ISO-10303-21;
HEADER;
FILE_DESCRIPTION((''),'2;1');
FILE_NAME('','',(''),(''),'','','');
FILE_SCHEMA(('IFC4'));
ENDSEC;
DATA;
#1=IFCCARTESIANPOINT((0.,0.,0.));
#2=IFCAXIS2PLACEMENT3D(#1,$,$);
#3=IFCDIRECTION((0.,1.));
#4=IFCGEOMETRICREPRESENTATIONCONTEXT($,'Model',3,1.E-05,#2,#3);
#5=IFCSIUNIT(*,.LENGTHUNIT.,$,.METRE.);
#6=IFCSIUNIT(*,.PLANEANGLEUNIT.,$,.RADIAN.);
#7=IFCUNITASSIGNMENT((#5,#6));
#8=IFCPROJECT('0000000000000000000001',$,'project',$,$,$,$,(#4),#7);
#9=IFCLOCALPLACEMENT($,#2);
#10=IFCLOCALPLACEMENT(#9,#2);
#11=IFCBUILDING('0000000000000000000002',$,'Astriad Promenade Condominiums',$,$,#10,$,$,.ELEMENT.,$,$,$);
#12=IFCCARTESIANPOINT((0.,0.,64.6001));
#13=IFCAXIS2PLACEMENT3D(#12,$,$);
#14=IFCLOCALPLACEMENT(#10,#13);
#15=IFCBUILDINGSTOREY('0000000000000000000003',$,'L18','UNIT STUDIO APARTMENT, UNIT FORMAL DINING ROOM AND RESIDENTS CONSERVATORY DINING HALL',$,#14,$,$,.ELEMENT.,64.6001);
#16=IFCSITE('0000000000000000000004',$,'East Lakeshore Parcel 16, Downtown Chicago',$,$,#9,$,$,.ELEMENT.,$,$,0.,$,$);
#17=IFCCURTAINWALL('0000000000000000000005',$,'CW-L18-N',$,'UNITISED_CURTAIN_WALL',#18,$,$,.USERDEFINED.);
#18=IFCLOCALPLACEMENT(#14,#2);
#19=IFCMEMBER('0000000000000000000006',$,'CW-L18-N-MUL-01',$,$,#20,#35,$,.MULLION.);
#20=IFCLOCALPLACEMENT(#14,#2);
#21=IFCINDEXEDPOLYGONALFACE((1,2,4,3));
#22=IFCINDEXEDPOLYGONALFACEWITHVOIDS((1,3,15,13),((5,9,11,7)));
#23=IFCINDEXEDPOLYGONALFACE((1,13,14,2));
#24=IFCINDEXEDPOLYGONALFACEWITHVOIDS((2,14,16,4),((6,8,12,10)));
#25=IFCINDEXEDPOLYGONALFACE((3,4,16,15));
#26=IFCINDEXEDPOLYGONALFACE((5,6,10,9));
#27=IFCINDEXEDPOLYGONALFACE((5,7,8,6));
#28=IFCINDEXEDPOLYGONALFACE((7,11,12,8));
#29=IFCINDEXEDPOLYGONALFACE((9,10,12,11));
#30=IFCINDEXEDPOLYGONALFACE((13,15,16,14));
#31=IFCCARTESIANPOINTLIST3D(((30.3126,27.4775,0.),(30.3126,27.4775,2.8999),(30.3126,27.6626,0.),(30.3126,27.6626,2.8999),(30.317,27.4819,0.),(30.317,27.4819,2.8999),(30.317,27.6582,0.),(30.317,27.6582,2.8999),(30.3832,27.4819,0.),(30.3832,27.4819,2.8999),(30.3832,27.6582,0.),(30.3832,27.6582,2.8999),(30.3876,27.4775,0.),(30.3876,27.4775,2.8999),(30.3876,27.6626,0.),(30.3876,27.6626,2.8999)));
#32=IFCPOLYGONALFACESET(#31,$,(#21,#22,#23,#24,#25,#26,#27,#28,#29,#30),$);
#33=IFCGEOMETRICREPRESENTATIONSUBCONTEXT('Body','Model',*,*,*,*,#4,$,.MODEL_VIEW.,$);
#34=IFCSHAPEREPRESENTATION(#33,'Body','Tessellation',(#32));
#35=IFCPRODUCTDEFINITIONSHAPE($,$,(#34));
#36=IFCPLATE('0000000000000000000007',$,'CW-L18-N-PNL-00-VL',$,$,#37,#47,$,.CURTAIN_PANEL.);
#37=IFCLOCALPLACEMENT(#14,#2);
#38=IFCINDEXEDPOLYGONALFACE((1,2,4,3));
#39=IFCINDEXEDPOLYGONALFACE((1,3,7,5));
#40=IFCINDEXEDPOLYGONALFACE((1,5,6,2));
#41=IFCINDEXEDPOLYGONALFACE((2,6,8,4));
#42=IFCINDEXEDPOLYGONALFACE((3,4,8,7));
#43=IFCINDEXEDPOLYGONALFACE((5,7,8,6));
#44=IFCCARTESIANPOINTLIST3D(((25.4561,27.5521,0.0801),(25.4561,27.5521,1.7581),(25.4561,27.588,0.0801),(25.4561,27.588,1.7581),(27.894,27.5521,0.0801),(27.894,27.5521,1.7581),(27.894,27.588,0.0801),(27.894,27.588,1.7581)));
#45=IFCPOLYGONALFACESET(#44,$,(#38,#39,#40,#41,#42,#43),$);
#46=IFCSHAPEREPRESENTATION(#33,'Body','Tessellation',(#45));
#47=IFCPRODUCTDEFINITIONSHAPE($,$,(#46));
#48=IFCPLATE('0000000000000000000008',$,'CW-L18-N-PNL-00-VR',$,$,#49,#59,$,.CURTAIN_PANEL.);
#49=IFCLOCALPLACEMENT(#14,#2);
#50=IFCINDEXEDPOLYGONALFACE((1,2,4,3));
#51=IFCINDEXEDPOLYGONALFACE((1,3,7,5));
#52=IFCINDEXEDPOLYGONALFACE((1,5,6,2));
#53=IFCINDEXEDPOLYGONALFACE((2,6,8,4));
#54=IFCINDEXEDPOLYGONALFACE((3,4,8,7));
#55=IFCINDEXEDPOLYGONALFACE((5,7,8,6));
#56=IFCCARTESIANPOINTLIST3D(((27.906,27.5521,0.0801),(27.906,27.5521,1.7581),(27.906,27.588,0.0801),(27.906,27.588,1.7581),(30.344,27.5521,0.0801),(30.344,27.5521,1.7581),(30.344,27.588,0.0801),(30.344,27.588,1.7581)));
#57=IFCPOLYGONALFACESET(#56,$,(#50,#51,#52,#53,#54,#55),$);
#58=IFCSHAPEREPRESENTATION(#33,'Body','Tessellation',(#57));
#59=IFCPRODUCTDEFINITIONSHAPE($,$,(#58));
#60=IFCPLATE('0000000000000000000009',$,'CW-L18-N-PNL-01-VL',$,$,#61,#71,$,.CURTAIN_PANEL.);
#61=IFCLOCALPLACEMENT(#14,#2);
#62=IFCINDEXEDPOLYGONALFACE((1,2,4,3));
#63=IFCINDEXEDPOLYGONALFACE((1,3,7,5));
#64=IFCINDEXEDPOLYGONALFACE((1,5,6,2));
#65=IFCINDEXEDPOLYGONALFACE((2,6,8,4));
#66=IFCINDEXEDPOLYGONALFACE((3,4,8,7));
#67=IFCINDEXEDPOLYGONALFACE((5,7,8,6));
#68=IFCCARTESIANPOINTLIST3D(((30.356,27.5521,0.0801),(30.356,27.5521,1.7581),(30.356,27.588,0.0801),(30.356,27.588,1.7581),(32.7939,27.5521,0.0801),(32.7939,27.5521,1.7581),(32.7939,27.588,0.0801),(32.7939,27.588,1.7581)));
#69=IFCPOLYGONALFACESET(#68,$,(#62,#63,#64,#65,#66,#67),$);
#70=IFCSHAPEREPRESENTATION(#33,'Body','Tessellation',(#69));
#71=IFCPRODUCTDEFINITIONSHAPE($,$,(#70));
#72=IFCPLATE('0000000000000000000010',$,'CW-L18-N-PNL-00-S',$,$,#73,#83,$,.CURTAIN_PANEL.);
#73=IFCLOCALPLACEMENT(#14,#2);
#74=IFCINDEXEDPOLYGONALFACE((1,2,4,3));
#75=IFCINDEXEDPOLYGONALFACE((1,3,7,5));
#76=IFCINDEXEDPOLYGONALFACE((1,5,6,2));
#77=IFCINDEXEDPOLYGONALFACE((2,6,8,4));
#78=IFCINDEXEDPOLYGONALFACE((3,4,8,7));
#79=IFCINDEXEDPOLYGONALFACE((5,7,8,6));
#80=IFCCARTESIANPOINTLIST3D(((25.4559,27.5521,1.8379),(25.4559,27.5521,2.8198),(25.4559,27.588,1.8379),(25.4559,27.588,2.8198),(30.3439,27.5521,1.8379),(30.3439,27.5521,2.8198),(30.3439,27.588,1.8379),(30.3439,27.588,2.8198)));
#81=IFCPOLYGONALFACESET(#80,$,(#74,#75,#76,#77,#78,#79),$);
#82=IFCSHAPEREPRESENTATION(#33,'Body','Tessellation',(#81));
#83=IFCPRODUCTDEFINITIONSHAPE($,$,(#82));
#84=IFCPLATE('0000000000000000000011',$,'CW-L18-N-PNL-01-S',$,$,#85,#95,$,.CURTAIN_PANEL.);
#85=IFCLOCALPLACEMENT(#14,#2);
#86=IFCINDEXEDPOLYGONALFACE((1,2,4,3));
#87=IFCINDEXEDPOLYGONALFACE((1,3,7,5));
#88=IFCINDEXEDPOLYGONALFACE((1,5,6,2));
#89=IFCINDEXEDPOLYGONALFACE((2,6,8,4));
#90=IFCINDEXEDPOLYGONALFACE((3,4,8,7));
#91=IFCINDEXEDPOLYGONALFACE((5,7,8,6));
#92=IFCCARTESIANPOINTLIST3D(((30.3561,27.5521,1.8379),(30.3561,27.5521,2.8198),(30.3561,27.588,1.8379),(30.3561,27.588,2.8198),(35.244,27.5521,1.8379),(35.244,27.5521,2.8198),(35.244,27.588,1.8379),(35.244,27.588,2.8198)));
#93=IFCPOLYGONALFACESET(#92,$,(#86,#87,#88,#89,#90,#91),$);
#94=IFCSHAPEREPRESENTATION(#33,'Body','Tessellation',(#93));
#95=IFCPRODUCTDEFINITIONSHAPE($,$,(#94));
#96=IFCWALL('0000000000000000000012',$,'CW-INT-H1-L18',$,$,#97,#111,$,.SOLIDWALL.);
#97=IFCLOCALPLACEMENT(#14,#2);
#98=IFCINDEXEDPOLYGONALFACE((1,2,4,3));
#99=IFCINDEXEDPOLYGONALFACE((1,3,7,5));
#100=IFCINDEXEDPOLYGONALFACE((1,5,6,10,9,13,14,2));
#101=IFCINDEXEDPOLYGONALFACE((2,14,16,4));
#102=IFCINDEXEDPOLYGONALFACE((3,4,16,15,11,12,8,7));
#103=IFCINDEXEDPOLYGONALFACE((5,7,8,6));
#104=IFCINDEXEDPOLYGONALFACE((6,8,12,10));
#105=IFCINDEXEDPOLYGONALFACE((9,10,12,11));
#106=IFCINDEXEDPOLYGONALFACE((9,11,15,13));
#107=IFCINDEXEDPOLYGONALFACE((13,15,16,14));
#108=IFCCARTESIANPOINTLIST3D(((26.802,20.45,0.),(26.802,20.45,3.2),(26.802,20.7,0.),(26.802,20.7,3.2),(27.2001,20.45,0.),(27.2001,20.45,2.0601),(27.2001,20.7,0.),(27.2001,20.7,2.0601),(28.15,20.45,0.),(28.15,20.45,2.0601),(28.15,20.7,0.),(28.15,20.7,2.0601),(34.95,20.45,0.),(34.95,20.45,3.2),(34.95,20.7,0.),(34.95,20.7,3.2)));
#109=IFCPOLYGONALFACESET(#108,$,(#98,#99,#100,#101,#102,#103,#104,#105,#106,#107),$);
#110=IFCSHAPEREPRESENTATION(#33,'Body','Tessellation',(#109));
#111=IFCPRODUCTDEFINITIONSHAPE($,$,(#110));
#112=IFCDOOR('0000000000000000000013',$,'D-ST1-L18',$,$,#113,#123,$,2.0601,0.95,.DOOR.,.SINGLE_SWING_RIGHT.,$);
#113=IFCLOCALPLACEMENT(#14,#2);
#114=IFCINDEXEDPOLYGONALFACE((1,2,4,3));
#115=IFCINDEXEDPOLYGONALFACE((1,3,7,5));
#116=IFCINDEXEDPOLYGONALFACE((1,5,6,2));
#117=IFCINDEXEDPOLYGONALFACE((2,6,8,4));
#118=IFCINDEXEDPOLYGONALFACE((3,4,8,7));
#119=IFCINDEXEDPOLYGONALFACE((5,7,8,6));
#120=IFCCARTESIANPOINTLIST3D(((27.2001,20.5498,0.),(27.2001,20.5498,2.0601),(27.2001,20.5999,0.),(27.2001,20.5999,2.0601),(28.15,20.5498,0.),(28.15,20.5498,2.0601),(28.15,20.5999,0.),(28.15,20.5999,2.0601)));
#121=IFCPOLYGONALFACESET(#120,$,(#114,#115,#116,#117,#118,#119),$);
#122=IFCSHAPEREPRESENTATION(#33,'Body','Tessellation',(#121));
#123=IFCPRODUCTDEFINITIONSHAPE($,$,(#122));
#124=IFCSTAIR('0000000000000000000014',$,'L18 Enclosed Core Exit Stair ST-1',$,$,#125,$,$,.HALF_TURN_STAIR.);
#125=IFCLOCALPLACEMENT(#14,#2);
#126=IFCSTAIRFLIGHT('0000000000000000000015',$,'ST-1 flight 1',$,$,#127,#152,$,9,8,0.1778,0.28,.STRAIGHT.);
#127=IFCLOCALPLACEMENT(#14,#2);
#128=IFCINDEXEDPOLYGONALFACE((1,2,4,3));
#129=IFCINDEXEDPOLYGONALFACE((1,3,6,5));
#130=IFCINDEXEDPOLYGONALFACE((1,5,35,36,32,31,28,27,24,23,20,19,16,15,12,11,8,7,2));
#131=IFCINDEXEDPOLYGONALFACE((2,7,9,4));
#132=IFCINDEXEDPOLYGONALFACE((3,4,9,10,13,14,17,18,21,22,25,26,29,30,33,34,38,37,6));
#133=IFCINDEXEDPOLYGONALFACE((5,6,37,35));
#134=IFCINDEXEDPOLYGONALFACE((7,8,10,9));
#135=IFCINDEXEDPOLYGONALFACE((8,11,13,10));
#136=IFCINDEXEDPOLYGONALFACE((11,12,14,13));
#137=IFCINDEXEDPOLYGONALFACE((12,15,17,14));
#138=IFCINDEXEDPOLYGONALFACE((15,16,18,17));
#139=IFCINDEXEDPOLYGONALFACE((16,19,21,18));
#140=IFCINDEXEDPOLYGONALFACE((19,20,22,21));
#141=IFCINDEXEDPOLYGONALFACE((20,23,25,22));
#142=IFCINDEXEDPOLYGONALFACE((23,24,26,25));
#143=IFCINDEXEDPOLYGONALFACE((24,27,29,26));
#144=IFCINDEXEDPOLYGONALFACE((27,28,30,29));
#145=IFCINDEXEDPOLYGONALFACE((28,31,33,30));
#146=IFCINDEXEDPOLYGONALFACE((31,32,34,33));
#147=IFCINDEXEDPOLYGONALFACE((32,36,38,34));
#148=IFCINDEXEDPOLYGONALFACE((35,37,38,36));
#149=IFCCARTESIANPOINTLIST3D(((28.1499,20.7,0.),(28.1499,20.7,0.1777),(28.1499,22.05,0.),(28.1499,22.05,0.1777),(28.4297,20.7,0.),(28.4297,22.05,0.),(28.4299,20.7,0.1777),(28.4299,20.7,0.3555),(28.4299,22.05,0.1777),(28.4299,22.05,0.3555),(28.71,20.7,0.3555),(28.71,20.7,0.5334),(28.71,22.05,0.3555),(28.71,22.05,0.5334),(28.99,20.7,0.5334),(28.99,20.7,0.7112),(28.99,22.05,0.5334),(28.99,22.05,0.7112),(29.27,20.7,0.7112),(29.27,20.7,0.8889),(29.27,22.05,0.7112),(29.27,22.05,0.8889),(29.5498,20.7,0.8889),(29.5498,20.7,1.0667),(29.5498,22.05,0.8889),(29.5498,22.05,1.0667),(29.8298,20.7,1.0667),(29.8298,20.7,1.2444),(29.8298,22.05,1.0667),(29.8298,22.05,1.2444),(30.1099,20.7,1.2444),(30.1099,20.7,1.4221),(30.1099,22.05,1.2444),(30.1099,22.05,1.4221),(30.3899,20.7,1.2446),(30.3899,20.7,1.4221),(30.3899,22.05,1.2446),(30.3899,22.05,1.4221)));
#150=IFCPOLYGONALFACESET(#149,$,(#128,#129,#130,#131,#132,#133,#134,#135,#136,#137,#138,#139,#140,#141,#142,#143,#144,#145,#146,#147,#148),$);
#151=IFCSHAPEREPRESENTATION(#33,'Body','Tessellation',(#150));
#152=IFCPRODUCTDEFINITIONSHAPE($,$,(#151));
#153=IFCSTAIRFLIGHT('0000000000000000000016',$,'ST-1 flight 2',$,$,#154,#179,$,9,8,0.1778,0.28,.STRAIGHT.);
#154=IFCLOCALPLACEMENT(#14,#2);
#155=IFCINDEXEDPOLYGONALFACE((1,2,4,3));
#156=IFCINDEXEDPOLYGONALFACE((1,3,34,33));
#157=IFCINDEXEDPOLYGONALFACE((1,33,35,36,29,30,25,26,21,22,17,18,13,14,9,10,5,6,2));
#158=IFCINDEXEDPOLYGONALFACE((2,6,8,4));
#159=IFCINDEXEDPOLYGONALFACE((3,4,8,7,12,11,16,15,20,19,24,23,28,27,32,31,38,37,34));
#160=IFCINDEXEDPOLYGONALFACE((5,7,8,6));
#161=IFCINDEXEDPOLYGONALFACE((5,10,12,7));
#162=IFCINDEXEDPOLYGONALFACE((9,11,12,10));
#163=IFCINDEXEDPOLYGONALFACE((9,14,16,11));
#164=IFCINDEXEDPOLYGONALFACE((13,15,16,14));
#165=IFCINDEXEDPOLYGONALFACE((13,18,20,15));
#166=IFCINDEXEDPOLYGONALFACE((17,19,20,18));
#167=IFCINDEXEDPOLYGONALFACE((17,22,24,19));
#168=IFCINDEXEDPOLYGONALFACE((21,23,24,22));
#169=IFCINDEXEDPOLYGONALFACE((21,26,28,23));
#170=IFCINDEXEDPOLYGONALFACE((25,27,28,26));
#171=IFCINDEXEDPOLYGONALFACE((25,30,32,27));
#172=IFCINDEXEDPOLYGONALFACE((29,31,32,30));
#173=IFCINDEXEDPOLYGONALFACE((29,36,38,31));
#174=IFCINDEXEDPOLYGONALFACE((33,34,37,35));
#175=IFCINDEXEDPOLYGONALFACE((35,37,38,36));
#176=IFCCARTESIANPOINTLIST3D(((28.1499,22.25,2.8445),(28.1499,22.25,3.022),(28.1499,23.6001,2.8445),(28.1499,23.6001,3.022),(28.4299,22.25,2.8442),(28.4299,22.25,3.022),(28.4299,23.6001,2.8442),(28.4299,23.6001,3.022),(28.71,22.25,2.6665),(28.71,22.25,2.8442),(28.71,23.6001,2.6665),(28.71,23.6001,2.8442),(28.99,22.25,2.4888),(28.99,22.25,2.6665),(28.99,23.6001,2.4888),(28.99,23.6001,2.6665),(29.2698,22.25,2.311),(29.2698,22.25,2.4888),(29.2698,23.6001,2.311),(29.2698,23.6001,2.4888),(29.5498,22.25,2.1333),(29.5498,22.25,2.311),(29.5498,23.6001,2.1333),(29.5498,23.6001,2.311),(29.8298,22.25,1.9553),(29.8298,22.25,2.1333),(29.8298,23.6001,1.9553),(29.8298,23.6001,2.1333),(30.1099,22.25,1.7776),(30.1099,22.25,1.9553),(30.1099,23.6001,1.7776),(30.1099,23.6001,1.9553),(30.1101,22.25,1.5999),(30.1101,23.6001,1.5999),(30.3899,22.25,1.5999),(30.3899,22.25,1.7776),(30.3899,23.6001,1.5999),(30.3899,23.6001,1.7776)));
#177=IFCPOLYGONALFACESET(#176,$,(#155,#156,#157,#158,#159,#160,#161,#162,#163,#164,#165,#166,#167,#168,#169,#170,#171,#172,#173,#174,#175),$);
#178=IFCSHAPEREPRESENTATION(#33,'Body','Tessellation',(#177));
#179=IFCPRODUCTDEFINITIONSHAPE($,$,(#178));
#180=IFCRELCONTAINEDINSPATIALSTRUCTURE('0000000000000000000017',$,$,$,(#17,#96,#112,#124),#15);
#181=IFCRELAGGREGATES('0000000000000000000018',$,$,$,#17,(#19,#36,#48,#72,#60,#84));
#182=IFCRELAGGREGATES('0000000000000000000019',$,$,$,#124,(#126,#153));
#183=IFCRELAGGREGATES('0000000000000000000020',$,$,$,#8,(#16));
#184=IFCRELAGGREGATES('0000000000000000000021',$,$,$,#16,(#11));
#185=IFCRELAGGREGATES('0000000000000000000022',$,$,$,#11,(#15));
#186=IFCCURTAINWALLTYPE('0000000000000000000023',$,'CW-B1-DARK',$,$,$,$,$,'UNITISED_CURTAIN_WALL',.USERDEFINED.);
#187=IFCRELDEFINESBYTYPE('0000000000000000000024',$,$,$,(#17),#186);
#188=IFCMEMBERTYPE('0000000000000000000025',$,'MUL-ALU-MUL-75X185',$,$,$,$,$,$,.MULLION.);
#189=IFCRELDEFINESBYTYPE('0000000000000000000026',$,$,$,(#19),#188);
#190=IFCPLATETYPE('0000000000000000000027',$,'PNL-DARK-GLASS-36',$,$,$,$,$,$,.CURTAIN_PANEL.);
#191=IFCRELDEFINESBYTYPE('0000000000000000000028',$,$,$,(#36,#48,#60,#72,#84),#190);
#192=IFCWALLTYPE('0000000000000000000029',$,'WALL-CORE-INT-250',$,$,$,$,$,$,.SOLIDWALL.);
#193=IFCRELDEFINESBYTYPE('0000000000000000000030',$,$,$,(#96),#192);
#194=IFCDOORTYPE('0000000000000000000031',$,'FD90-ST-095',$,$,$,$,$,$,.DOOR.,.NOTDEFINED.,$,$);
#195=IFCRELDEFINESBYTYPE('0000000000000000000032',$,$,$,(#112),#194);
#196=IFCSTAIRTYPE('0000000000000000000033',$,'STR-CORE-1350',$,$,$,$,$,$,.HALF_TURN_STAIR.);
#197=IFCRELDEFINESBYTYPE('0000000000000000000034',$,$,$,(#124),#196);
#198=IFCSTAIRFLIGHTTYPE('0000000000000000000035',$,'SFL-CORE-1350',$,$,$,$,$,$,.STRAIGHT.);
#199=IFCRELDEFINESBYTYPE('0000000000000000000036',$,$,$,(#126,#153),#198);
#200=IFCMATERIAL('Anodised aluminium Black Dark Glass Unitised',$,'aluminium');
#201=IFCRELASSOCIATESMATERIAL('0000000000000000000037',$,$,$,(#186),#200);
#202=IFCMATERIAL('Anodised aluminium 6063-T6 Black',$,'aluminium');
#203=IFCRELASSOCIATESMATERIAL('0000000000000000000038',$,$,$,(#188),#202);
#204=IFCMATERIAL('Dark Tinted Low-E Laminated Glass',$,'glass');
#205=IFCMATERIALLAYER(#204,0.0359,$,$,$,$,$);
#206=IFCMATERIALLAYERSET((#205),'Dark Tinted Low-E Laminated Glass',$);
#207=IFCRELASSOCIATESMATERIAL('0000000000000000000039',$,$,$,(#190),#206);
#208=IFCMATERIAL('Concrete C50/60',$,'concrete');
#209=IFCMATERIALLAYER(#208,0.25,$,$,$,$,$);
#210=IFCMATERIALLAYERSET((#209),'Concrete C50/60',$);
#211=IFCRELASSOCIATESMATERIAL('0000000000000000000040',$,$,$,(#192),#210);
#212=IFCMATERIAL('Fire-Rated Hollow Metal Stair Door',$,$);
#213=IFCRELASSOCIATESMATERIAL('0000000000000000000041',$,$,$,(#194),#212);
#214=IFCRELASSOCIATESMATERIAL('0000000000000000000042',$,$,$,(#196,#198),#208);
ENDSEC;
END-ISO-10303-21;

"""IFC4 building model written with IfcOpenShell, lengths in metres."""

from ifc_helpers import new_model, si_unit, direction, frame, frame_2d, origin, origin_2d, place, context, subcontext, project, spatial, polyline, rectangle, hollow_rectangle, outline, extrude, source, transform, mapped, material, layer, layer_set, material_profile, profile_set, type_object, type_shapes, element, fill, aggregate, save


model = new_model("IFC4")

# Units and contexts
model_context = context("Model", 3, precision=1e-05, world=origin(), true_north=direction((0.0, 1.0)))
body_context = subcontext(model_context, "Body", "Model", "MODEL_VIEW")
ifc_project = project(units=[si_unit("LENGTHUNIT", "METRE"), si_unit("PLANEANGLEUNIT", "RADIAN")], contexts=[model_context])

# Site, building, storey
site_placement = place(None, origin())
site = spatial("IfcSite", under=ifc_project, at=site_placement, Name="East Lakeshore Parcel 16, Downtown Chicago", CompositionType="ELEMENT", RefElevation=0.0)
building_placement = place(site_placement, origin())
building = spatial("IfcBuilding", under=site, at=building_placement, Name="Astriad Promenade Condominiums", CompositionType="ELEMENT")
storey_placement = place(building_placement, frame((0.0, 0.0, 64.6001)))
storey = spatial("IfcBuildingStorey", under=building, at=storey_placement, Name="L18", Description="UNIT STUDIO APARTMENT, UNIT FORMAL DINING ROOM AND RESIDENTS CONSERVATORY DINING HALL", CompositionType="ELEMENT", Elevation=64.6001)

# Curtain wall, member, plates
ifc_material_1 = material(Name="Anodised aluminium Black Dark Glass Unitised", Category="aluminium")
curtain_wall_type = type_object("IfcCurtainWallType", Name="CW-B1-DARK", ElementType="UNITISED_CURTAIN_WALL", PredefinedType="USERDEFINED", material=ifc_material_1)
curtain_wall_placement = place(storey_placement, origin())
curtain_wall = element("IfcCurtainWall", 1, at=curtain_wall_placement, inside=storey, type_object=curtain_wall_type, Name="CW-L18-N", ObjectType="UNITISED_CURTAIN_WALL", PredefinedType="USERDEFINED")
ifc_material_2 = material(Name="Anodised aluminium 6063-T6 Black", Category="aluminium")
ifc_material_profile_1 = material_profile(ifc_material_2, hollow_rectangle(XDim=0.075, YDim=0.1851, WallThickness=0.0044, at=origin_2d()), Name="ALU-MUL-75X185")
ifc_profile_set_1 = profile_set([ifc_material_profile_1], Name="Anodised aluminium 6063-T6 Black")
member_type_1 = type_object("IfcMemberType", Name="MUL-ALU-MUL-75X185", PredefinedType="MULLION", material=ifc_profile_set_1)
shared_shape_1 = source(origin(), body_context, "Body", "SweptSolid", [
    extrude(hollow_rectangle(XDim=0.075, YDim=0.1851, WallThickness=0.0044, at=origin_2d()), origin(), (0.0, 0.0, 1.0), 2.8999),
])
type_shapes(member_type_1, [shared_shape_1])
member_1_placement = place(storey_placement, frame((30.3501, 27.5701, 0.0), z_axis=(0.0, 0.0, 1.0), x_axis=(1.0, 0.0, 0.0)))
member_1 = element("IfcMember", 2, at=member_1_placement, type_object=member_type_1, Name="CW-L18-N-MUL-01", PredefinedType="MULLION", context=body_context, shape_type="MappedRepresentation", body=[
    mapped(shared_shape_1, transform((0.0, 0.0, 0.0), scale=1.0)),
])
ifc_material_3 = material(Name="Dark Tinted Low-E Laminated Glass", Category="glass")
ifc_layer_1 = layer(ifc_material_3, 0.0359)
ifc_layer_set_1 = layer_set([ifc_layer_1], Name="Dark Tinted Low-E Laminated Glass")
plate_type = type_object("IfcPlateType", Name="PNL-DARK-GLASS-36", PredefinedType="CURTAIN_PANEL", material=ifc_layer_set_1)
shared_shape_2 = source(origin(), body_context, "Body", "SweptSolid", [
    extrude(rectangle(XDim=2.438, YDim=0.0359, at=origin_2d()), origin(), (0.0, 0.0, 1.0), 1.678),
])
plate_1_placement = place(storey_placement, frame((26.675, 27.5701, 0.0801), z_axis=(0.0, 0.0, 1.0), x_axis=(1.0, 0.0, 0.0)))
plate_1 = element("IfcPlate", 3, at=plate_1_placement, type_object=plate_type, Name="CW-L18-N-PNL-00-VL", PredefinedType="CURTAIN_PANEL", context=body_context, shape_type="MappedRepresentation", body=[
    mapped(shared_shape_2, transform((0.0, 0.0, 0.0), scale=1.0)),
])
plate_2_placement = place(storey_placement, frame((29.125, 27.5701, 0.0801), z_axis=(0.0, 0.0, 1.0), x_axis=(1.0, 0.0, 0.0)))
plate_2 = element("IfcPlate", 4, at=plate_2_placement, type_object=plate_type, Name="CW-L18-N-PNL-00-VR", PredefinedType="CURTAIN_PANEL", context=body_context, shape_type="MappedRepresentation", body=[
    mapped(shared_shape_2, transform((0.0, 0.0, 0.0), scale=1.0)),
])
plate_3_placement = place(storey_placement, frame((31.575, 27.5701, 0.0801), z_axis=(0.0, 0.0, 1.0), x_axis=(1.0, 0.0, 0.0)))
plate_3 = element("IfcPlate", 5, at=plate_3_placement, type_object=plate_type, Name="CW-L18-N-PNL-01-VL", PredefinedType="CURTAIN_PANEL", context=body_context, shape_type="MappedRepresentation", body=[
    mapped(shared_shape_2, transform((0.0, 0.0, 0.0), scale=1.0)),
])
shared_shape_3 = source(origin(), body_context, "Body", "SweptSolid", [
    extrude(rectangle(XDim=4.8879, YDim=0.0359, at=origin_2d()), origin(), (0.0, 0.0, 1.0), 0.9819),
])
type_shapes(plate_type, [shared_shape_2, shared_shape_3])
plate_4_placement = place(storey_placement, frame((27.8999, 27.5701, 1.8379), z_axis=(0.0, 0.0, 1.0), x_axis=(1.0, 0.0, 0.0)))
plate_4 = element("IfcPlate", 6, at=plate_4_placement, type_object=plate_type, Name="CW-L18-N-PNL-00-S", PredefinedType="CURTAIN_PANEL", context=body_context, shape_type="MappedRepresentation", body=[
    mapped(shared_shape_3, transform((0.0, 0.0, 0.0), scale=1.0)),
])
plate_5_placement = place(storey_placement, frame((32.8, 27.5701, 1.8379), z_axis=(0.0, 0.0, 1.0), x_axis=(1.0, 0.0, 0.0)))
plate_5 = element("IfcPlate", 7, at=plate_5_placement, type_object=plate_type, Name="CW-L18-N-PNL-01-S", PredefinedType="CURTAIN_PANEL", context=body_context, shape_type="MappedRepresentation", body=[
    mapped(shared_shape_3, transform((0.0, 0.0, 0.0), scale=1.0)),
])
aggregate(curtain_wall, [member_1, plate_1, plate_2, plate_4, plate_3, plate_5])

# Wall, opening, door
ifc_material_4 = material(Name="Concrete C50/60", Category="concrete")
ifc_layer_2 = layer(ifc_material_4, 0.25)
ifc_layer_set_2 = layer_set([ifc_layer_2], Name="Concrete C50/60")
wall_type = type_object("IfcWallType", Name="WALL-CORE-INT-250", PredefinedType="SOLIDWALL", material=ifc_layer_set_2)
wall_placement = place(storey_placement, frame((26.802, 20.575, 0.0), z_axis=(0.0, 0.0, 1.0), x_axis=(1.0, 0.0, 0.0)))
wall = element("IfcWall", 8, at=wall_placement, inside=storey, type_object=wall_type, Name="CW-INT-H1-L18", PredefinedType="SOLIDWALL", context=body_context, shape_type="SweptSolid", body=[
    extrude(rectangle(XDim=8.1479, YDim=0.25, at=frame_2d((4.074, 0.0))), origin(), (0.0, 0.0, 1.0), 3.2),
])
opening_placement = place(wall_placement, frame((0.3979, 0.0, 0.0)))
opening = element("IfcOpeningElement", 9, at=opening_placement, cuts=wall, PredefinedType="OPENING", context=body_context, shape_type="SweptSolid", body=[
    extrude(rectangle(XDim=0.95, YDim=2.0601, at=frame_2d((0.4751, 1.03))), frame((0.0, 0.135, 0.0), z_axis=(0.0, -1.0, 0.0), x_axis=(1.0, 0.0, 0.0)), (0.0, 0.0, 1.0), 0.27),
])
ifc_material_5 = material(Name="Fire-Rated Hollow Metal Stair Door")
door_type = type_object("IfcDoorType", Name="FD90-ST-095", OperationType="NOTDEFINED", PredefinedType="DOOR", material=ifc_material_5)
shared_shape_4 = source(origin(), body_context, "Body", "SweptSolid", [
    extrude(rectangle(XDim=0.95, YDim=2.0601, at=frame_2d((0.4751, 1.03))), frame((0.0, 0.0249, 0.0), z_axis=(0.0, -1.0, 0.0), x_axis=(1.0, 0.0, 0.0)), (0.0, 0.0, 1.0), 0.05),
])
type_shapes(door_type, [shared_shape_4])
door_placement = place(opening_placement, origin())
door = element("IfcDoor", 10, at=door_placement, inside=storey, type_object=door_type, Name="D-ST1-L18", OperationType="SINGLE_SWING_RIGHT", OverallHeight=2.0601, OverallWidth=0.95, PredefinedType="DOOR", context=body_context, shape_type="MappedRepresentation", body=[
    mapped(shared_shape_4, transform((0.0, 0.0, 0.0), scale=1.0)),
])
fill(opening, door)

# Stair, stair flights
stair_type = type_object("IfcStairType", Name="STR-CORE-1350", PredefinedType="HALF_TURN_STAIR", material=ifc_material_4)
stair_placement = place(storey_placement, origin())
stair = element("IfcStair", 11, at=stair_placement, inside=storey, type_object=stair_type, Name="L18 Enclosed Core Exit Stair ST-1", PredefinedType="HALF_TURN_STAIR")
stair_flight_type = type_object("IfcStairFlightType", Name="SFL-CORE-1350", PredefinedType="STRAIGHT", material=ifc_material_4)
shared_shape_5 = source(origin(), body_context, "Body", "SweptSolid", [
    extrude(outline(polyline([(0.0, 0.0), (0.0, 0.1777), (0.28, 0.1777), (0.28, 0.3555), (0.5601, 0.3555), (0.5601, 0.5334), (0.8401, 0.5334), (0.8401, 0.7112), (1.1201, 0.7112), (1.1201, 0.8889), (1.3999, 0.8889), (1.3999, 1.0667), (1.6799, 1.0667), (1.6799, 1.2444), (1.96, 1.2444), (1.96, 1.4221), (2.24, 1.4221), (2.24, 1.6001), (2.24, 1.2446), (0.2798, 0.0), (0.0, 0.0)])), frame((0.0, 0.675, 0.0), z_axis=(0.0, -1.0, 0.0), x_axis=(1.0, 0.0, 0.0)), (0.0, 0.0, 1.0), 1.3501),
])
type_shapes(stair_flight_type, [shared_shape_5])
stair_flight_1_placement = place(storey_placement, frame((28.1499, 21.375, 0.0), z_axis=(0.0, 0.0, 1.0), x_axis=(1.0, 0.0, 0.0)))
stair_flight_1 = element("IfcStairFlight", 12, at=stair_flight_1_placement, type_object=stair_flight_type, Name="ST-1 flight 1", NumberOfRisers=9, NumberOfTreads=8, PredefinedType="STRAIGHT", RiserHeight=0.1778, TreadLength=0.28, context=body_context, shape_type="MappedRepresentation", body=[
    mapped(shared_shape_5, transform((0.0, 0.0, 0.0), scale=1.0)),
])
stair_flight_2_placement = place(storey_placement, frame((30.3899, 22.925, 1.5999), z_axis=(0.0, 0.0, 1.0), x_axis=(-1.0, 0.0, 0.0)))
stair_flight_2 = element("IfcStairFlight", 13, at=stair_flight_2_placement, type_object=stair_flight_type, Name="ST-1 flight 2", NumberOfRisers=9, NumberOfTreads=8, PredefinedType="STRAIGHT", RiserHeight=0.1778, TreadLength=0.28, context=body_context, shape_type="MappedRepresentation", body=[
    mapped(shared_shape_5, transform((0.0, 0.0, 0.0), scale=1.0)),
])
aggregate(stair, [stair_flight_1, stair_flight_2])

save(model, "model.ifc")
